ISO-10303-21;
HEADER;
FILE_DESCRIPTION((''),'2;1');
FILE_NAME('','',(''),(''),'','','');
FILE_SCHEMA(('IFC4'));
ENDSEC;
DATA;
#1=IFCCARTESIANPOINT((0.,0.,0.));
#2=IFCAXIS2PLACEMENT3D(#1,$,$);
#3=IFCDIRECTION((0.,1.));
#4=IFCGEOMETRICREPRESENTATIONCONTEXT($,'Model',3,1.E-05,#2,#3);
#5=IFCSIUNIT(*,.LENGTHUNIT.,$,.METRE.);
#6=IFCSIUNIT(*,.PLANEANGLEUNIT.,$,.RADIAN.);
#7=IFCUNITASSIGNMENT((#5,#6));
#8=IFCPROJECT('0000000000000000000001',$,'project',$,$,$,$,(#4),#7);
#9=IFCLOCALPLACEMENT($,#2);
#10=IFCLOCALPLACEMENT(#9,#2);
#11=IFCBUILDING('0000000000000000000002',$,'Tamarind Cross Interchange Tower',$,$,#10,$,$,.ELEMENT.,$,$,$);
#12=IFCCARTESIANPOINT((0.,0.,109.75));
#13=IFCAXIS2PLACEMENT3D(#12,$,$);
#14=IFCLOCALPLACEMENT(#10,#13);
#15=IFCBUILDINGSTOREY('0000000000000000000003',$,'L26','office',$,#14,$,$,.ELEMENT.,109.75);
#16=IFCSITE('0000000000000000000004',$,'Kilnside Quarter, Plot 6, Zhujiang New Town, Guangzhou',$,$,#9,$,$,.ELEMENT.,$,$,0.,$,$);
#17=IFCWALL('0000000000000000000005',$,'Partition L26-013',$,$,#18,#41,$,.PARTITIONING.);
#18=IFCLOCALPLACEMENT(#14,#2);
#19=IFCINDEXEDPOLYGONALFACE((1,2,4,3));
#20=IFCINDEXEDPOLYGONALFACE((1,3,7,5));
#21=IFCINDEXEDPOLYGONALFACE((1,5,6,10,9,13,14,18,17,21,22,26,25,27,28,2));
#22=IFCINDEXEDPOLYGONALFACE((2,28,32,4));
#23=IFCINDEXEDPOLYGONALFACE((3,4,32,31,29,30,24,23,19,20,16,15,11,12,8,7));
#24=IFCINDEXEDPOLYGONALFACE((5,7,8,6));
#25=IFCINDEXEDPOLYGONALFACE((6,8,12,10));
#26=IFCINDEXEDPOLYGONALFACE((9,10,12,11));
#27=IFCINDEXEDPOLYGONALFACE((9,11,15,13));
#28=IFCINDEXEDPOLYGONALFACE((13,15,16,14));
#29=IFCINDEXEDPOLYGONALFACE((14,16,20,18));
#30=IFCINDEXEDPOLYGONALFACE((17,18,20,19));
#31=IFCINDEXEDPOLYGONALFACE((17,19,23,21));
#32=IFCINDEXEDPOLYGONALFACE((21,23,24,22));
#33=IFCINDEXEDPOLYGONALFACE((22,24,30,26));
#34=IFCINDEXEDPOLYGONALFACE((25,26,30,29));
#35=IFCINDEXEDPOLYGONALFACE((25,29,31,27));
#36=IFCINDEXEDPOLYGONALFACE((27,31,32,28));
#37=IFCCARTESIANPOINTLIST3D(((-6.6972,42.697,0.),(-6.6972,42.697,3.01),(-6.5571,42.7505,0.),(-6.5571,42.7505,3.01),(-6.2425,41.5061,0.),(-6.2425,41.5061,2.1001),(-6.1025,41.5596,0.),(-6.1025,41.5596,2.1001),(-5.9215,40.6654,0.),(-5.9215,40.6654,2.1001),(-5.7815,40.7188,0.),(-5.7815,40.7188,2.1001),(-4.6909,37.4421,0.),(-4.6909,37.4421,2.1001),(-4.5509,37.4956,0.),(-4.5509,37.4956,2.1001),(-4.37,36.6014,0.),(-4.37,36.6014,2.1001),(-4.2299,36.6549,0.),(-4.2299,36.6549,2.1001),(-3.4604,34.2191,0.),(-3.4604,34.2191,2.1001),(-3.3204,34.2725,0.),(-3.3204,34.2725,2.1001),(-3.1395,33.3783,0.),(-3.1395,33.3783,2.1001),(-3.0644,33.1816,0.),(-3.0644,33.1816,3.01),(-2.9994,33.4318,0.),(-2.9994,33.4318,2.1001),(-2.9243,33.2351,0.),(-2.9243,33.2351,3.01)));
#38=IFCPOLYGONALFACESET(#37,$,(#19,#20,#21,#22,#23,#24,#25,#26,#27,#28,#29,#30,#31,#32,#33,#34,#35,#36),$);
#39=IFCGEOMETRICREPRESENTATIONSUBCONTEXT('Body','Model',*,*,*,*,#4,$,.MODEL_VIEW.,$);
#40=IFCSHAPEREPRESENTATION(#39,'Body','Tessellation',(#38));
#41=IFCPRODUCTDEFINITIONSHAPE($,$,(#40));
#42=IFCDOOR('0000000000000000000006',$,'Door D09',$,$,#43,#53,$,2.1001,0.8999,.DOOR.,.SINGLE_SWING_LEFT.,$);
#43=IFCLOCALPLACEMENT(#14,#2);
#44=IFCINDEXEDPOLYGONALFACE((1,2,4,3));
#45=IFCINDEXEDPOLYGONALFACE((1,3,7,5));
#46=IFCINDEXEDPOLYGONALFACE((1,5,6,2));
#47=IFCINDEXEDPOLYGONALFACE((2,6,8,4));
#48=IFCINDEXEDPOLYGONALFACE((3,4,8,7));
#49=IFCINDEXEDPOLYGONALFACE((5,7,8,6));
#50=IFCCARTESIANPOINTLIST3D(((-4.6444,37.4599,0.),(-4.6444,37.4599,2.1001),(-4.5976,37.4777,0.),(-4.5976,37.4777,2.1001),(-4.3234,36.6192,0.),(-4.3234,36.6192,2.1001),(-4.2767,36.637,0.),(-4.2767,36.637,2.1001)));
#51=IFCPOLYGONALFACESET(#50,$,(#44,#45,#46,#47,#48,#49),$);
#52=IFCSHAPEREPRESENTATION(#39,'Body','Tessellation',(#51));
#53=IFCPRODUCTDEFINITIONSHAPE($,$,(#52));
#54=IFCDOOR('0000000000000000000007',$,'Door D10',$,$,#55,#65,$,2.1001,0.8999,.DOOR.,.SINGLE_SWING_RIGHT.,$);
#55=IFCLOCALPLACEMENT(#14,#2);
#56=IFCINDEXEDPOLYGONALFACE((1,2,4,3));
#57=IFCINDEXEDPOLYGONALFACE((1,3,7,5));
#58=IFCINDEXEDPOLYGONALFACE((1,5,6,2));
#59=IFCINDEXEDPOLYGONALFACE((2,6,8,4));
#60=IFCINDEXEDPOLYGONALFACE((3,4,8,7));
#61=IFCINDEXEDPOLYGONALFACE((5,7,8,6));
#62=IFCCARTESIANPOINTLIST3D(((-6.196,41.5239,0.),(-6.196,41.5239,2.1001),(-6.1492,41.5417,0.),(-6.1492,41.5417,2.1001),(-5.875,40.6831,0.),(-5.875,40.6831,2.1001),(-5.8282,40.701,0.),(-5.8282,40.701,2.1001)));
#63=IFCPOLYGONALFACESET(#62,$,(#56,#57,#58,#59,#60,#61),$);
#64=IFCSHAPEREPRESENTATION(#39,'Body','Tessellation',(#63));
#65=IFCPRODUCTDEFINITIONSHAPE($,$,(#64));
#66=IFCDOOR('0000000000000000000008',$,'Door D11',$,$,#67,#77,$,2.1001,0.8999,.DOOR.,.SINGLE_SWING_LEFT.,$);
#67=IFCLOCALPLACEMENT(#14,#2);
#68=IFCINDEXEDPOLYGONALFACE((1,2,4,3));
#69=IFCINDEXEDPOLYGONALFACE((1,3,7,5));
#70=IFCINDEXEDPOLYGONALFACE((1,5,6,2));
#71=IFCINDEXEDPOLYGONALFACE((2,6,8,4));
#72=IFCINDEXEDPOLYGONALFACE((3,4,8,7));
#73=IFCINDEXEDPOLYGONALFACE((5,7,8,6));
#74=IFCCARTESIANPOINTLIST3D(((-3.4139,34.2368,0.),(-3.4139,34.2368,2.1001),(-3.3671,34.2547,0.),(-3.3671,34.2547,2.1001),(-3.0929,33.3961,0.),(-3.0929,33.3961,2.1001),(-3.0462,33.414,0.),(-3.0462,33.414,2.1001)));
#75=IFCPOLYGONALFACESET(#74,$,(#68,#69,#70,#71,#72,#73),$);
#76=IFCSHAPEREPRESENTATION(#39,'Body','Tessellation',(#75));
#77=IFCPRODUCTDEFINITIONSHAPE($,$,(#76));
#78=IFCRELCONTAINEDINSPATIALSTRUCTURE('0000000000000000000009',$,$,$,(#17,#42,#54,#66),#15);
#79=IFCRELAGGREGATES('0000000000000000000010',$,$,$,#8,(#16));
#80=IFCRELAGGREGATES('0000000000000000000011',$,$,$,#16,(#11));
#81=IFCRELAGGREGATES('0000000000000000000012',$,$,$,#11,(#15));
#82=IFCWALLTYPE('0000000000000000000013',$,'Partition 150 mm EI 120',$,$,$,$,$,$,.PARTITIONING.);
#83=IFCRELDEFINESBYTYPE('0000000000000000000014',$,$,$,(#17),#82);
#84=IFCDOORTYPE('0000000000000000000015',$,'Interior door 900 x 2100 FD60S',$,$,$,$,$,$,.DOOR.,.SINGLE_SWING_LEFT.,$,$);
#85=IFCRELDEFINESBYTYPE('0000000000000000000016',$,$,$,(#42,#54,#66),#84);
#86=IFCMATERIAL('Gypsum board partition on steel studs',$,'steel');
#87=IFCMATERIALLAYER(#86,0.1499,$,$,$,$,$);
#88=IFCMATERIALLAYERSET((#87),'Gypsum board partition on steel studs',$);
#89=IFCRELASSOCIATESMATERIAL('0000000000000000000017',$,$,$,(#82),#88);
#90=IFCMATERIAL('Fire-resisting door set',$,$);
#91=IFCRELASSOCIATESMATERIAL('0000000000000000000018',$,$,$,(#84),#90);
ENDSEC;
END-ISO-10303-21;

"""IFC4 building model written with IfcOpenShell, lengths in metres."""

from ifc_helpers import new_model, si_unit, direction, frame, frame_2d, origin, place, context, subcontext, project, spatial, rectangle, extrude, material, layer, layer_set, type_object, element, fill, save


model = new_model("IFC4")

# Units and contexts
model_context = context("Model", 3, precision=1e-05, world=origin(), true_north=direction((0.0, 1.0)))
body_context = subcontext(model_context, "Body", "Model", "MODEL_VIEW")
ifc_project = project(units=[si_unit("LENGTHUNIT", "METRE"), si_unit("PLANEANGLEUNIT", "RADIAN")], contexts=[model_context])

# Site, building, storey
site_placement = place(None, origin())
site = spatial("IfcSite", under=ifc_project, at=site_placement, Name="Kilnside Quarter, Plot 6, Zhujiang New Town, Guangzhou", CompositionType="ELEMENT", RefElevation=0.0)
building_placement = place(site_placement, origin())
building = spatial("IfcBuilding", under=site, at=building_placement, Name="Tamarind Cross Interchange Tower", CompositionType="ELEMENT")
storey_placement = place(building_placement, frame((0.0, 0.0, 109.75)))
storey = spatial("IfcBuildingStorey", under=building, at=storey_placement, Name="L26", Description="office", CompositionType="ELEMENT", Elevation=109.75)

# Shared definitions
ifc_material_1 = material(Name="Gypsum board partition on steel studs", Category="steel")

# Wall, openings, doors
ifc_layer_1 = layer(ifc_material_1, 0.1499)
ifc_layer_set_1 = layer_set([ifc_layer_1], Name="Gypsum board partition on steel studs")
wall_type_1 = type_object("IfcWallType", Name="Partition 150 mm EI 120", PredefinedType="PARTITIONING", material=ifc_layer_set_1)
ifc_material_2 = material(Name="Fire-resisting door set")
door_type_1 = type_object("IfcDoorType", Name="Interior door 900 x 2100 FD60S", OperationType="SINGLE_SWING_LEFT", PredefinedType="DOOR", material=ifc_material_2)
wall_1_placement = place(storey_placement, frame((-6.6272, 42.7239, 0.0), z_axis=(0.0, 0.0, 1.0), x_axis=(0.356673, -0.934229, 0.0)))
wall_1 = element("IfcWall", 1, at=wall_1_placement, inside=storey, type_object=wall_type_1, Name="Partition L26-013", PredefinedType="PARTITIONING", context=body_context, shape_type="SweptSolid", body=[
    extrude(rectangle(XDim=10.1853, YDim=0.1499, at=frame_2d((5.0928, 0.0))), origin(), (0.0, 0.0, 1.0), 3.01),
])
opening_1_placement = place(wall_1_placement, frame((5.625, 0.0, 0.0)))
opening_1 = element("IfcOpeningElement", 2, at=opening_1_placement, cuts=wall_1, PredefinedType="OPENING", context=body_context, shape_type="SweptSolid", body=[
    extrude(rectangle(XDim=0.8999, YDim=2.1001, at=frame_2d((0.45, 1.05))), frame((0.0, 0.085, 0.0), z_axis=(0.0, -1.0, 0.0), x_axis=(1.0, 0.0, 0.0)), (0.0, 0.0, 1.0), 0.1699),
])
opening_2_placement = place(wall_1_placement, frame((1.2749, 0.0, 0.0)))
opening_2 = element("IfcOpeningElement", 3, at=opening_2_placement, cuts=wall_1, PredefinedType="OPENING", context=body_context, shape_type="SweptSolid", body=[
    extrude(rectangle(XDim=0.8999, YDim=2.1001, at=frame_2d((0.45, 1.05))), frame((0.0, 0.085, 0.0), z_axis=(0.0, -1.0, 0.0), x_axis=(1.0, 0.0, 0.0)), (0.0, 0.0, 1.0), 0.1699),
])
opening_3_placement = place(wall_1_placement, frame((9.075, 0.0, 0.0)))
opening_3 = element("IfcOpeningElement", 4, at=opening_3_placement, cuts=wall_1, PredefinedType="OPENING", context=body_context, shape_type="SweptSolid", body=[
    extrude(rectangle(XDim=0.8999, YDim=2.1001, at=frame_2d((0.45, 1.05))), frame((0.0, 0.085, 0.0), z_axis=(0.0, -1.0, 0.0), x_axis=(1.0, 0.0, 0.0)), (0.0, 0.0, 1.0), 0.1699),
])
door_1_placement = place(opening_1_placement, origin())
door_1 = element("IfcDoor", 5, at=door_1_placement, inside=storey, type_object=door_type_1, Name="Door D09", OperationType="SINGLE_SWING_LEFT", OverallHeight=2.1001, OverallWidth=0.8999, PredefinedType="DOOR", context=body_context, shape_type="SweptSolid", body=[
    extrude(rectangle(XDim=0.8999, YDim=2.1001, at=frame_2d((0.45, 1.05))), frame((0.0, 0.0249, 0.0), z_axis=(0.0, -1.0, 0.0), x_axis=(1.0, 0.0, 0.0)), (0.0, 0.0, 1.0), 0.05),
])
fill(opening_1, door_1)
door_2_placement = place(opening_2_placement, origin())
door_2 = element("IfcDoor", 6, at=door_2_placement, inside=storey, type_object=door_type_1, Name="Door D10", OperationType="SINGLE_SWING_RIGHT", OverallHeight=2.1001, OverallWidth=0.8999, PredefinedType="DOOR", context=body_context, shape_type="SweptSolid", body=[
    extrude(rectangle(XDim=0.8999, YDim=2.1001, at=frame_2d((0.45, 1.05))), frame((0.0, 0.0249, 0.0), z_axis=(0.0, -1.0, 0.0), x_axis=(1.0, 0.0, 0.0)), (0.0, 0.0, 1.0), 0.05),
])
fill(opening_2, door_2)
door_3_placement = place(opening_3_placement, origin())
door_3 = element("IfcDoor", 7, at=door_3_placement, inside=storey, type_object=door_type_1, Name="Door D11", OperationType="SINGLE_SWING_LEFT", OverallHeight=2.1001, OverallWidth=0.8999, PredefinedType="DOOR", context=body_context, shape_type="SweptSolid", body=[
    extrude(rectangle(XDim=0.8999, YDim=2.1001, at=frame_2d((0.45, 1.05))), frame((0.0, 0.0249, 0.0), z_axis=(0.0, -1.0, 0.0), x_axis=(1.0, 0.0, 0.0)), (0.0, 0.0, 1.0), 0.05),
])
fill(opening_3, door_3)

save(model, "model.ifc")
